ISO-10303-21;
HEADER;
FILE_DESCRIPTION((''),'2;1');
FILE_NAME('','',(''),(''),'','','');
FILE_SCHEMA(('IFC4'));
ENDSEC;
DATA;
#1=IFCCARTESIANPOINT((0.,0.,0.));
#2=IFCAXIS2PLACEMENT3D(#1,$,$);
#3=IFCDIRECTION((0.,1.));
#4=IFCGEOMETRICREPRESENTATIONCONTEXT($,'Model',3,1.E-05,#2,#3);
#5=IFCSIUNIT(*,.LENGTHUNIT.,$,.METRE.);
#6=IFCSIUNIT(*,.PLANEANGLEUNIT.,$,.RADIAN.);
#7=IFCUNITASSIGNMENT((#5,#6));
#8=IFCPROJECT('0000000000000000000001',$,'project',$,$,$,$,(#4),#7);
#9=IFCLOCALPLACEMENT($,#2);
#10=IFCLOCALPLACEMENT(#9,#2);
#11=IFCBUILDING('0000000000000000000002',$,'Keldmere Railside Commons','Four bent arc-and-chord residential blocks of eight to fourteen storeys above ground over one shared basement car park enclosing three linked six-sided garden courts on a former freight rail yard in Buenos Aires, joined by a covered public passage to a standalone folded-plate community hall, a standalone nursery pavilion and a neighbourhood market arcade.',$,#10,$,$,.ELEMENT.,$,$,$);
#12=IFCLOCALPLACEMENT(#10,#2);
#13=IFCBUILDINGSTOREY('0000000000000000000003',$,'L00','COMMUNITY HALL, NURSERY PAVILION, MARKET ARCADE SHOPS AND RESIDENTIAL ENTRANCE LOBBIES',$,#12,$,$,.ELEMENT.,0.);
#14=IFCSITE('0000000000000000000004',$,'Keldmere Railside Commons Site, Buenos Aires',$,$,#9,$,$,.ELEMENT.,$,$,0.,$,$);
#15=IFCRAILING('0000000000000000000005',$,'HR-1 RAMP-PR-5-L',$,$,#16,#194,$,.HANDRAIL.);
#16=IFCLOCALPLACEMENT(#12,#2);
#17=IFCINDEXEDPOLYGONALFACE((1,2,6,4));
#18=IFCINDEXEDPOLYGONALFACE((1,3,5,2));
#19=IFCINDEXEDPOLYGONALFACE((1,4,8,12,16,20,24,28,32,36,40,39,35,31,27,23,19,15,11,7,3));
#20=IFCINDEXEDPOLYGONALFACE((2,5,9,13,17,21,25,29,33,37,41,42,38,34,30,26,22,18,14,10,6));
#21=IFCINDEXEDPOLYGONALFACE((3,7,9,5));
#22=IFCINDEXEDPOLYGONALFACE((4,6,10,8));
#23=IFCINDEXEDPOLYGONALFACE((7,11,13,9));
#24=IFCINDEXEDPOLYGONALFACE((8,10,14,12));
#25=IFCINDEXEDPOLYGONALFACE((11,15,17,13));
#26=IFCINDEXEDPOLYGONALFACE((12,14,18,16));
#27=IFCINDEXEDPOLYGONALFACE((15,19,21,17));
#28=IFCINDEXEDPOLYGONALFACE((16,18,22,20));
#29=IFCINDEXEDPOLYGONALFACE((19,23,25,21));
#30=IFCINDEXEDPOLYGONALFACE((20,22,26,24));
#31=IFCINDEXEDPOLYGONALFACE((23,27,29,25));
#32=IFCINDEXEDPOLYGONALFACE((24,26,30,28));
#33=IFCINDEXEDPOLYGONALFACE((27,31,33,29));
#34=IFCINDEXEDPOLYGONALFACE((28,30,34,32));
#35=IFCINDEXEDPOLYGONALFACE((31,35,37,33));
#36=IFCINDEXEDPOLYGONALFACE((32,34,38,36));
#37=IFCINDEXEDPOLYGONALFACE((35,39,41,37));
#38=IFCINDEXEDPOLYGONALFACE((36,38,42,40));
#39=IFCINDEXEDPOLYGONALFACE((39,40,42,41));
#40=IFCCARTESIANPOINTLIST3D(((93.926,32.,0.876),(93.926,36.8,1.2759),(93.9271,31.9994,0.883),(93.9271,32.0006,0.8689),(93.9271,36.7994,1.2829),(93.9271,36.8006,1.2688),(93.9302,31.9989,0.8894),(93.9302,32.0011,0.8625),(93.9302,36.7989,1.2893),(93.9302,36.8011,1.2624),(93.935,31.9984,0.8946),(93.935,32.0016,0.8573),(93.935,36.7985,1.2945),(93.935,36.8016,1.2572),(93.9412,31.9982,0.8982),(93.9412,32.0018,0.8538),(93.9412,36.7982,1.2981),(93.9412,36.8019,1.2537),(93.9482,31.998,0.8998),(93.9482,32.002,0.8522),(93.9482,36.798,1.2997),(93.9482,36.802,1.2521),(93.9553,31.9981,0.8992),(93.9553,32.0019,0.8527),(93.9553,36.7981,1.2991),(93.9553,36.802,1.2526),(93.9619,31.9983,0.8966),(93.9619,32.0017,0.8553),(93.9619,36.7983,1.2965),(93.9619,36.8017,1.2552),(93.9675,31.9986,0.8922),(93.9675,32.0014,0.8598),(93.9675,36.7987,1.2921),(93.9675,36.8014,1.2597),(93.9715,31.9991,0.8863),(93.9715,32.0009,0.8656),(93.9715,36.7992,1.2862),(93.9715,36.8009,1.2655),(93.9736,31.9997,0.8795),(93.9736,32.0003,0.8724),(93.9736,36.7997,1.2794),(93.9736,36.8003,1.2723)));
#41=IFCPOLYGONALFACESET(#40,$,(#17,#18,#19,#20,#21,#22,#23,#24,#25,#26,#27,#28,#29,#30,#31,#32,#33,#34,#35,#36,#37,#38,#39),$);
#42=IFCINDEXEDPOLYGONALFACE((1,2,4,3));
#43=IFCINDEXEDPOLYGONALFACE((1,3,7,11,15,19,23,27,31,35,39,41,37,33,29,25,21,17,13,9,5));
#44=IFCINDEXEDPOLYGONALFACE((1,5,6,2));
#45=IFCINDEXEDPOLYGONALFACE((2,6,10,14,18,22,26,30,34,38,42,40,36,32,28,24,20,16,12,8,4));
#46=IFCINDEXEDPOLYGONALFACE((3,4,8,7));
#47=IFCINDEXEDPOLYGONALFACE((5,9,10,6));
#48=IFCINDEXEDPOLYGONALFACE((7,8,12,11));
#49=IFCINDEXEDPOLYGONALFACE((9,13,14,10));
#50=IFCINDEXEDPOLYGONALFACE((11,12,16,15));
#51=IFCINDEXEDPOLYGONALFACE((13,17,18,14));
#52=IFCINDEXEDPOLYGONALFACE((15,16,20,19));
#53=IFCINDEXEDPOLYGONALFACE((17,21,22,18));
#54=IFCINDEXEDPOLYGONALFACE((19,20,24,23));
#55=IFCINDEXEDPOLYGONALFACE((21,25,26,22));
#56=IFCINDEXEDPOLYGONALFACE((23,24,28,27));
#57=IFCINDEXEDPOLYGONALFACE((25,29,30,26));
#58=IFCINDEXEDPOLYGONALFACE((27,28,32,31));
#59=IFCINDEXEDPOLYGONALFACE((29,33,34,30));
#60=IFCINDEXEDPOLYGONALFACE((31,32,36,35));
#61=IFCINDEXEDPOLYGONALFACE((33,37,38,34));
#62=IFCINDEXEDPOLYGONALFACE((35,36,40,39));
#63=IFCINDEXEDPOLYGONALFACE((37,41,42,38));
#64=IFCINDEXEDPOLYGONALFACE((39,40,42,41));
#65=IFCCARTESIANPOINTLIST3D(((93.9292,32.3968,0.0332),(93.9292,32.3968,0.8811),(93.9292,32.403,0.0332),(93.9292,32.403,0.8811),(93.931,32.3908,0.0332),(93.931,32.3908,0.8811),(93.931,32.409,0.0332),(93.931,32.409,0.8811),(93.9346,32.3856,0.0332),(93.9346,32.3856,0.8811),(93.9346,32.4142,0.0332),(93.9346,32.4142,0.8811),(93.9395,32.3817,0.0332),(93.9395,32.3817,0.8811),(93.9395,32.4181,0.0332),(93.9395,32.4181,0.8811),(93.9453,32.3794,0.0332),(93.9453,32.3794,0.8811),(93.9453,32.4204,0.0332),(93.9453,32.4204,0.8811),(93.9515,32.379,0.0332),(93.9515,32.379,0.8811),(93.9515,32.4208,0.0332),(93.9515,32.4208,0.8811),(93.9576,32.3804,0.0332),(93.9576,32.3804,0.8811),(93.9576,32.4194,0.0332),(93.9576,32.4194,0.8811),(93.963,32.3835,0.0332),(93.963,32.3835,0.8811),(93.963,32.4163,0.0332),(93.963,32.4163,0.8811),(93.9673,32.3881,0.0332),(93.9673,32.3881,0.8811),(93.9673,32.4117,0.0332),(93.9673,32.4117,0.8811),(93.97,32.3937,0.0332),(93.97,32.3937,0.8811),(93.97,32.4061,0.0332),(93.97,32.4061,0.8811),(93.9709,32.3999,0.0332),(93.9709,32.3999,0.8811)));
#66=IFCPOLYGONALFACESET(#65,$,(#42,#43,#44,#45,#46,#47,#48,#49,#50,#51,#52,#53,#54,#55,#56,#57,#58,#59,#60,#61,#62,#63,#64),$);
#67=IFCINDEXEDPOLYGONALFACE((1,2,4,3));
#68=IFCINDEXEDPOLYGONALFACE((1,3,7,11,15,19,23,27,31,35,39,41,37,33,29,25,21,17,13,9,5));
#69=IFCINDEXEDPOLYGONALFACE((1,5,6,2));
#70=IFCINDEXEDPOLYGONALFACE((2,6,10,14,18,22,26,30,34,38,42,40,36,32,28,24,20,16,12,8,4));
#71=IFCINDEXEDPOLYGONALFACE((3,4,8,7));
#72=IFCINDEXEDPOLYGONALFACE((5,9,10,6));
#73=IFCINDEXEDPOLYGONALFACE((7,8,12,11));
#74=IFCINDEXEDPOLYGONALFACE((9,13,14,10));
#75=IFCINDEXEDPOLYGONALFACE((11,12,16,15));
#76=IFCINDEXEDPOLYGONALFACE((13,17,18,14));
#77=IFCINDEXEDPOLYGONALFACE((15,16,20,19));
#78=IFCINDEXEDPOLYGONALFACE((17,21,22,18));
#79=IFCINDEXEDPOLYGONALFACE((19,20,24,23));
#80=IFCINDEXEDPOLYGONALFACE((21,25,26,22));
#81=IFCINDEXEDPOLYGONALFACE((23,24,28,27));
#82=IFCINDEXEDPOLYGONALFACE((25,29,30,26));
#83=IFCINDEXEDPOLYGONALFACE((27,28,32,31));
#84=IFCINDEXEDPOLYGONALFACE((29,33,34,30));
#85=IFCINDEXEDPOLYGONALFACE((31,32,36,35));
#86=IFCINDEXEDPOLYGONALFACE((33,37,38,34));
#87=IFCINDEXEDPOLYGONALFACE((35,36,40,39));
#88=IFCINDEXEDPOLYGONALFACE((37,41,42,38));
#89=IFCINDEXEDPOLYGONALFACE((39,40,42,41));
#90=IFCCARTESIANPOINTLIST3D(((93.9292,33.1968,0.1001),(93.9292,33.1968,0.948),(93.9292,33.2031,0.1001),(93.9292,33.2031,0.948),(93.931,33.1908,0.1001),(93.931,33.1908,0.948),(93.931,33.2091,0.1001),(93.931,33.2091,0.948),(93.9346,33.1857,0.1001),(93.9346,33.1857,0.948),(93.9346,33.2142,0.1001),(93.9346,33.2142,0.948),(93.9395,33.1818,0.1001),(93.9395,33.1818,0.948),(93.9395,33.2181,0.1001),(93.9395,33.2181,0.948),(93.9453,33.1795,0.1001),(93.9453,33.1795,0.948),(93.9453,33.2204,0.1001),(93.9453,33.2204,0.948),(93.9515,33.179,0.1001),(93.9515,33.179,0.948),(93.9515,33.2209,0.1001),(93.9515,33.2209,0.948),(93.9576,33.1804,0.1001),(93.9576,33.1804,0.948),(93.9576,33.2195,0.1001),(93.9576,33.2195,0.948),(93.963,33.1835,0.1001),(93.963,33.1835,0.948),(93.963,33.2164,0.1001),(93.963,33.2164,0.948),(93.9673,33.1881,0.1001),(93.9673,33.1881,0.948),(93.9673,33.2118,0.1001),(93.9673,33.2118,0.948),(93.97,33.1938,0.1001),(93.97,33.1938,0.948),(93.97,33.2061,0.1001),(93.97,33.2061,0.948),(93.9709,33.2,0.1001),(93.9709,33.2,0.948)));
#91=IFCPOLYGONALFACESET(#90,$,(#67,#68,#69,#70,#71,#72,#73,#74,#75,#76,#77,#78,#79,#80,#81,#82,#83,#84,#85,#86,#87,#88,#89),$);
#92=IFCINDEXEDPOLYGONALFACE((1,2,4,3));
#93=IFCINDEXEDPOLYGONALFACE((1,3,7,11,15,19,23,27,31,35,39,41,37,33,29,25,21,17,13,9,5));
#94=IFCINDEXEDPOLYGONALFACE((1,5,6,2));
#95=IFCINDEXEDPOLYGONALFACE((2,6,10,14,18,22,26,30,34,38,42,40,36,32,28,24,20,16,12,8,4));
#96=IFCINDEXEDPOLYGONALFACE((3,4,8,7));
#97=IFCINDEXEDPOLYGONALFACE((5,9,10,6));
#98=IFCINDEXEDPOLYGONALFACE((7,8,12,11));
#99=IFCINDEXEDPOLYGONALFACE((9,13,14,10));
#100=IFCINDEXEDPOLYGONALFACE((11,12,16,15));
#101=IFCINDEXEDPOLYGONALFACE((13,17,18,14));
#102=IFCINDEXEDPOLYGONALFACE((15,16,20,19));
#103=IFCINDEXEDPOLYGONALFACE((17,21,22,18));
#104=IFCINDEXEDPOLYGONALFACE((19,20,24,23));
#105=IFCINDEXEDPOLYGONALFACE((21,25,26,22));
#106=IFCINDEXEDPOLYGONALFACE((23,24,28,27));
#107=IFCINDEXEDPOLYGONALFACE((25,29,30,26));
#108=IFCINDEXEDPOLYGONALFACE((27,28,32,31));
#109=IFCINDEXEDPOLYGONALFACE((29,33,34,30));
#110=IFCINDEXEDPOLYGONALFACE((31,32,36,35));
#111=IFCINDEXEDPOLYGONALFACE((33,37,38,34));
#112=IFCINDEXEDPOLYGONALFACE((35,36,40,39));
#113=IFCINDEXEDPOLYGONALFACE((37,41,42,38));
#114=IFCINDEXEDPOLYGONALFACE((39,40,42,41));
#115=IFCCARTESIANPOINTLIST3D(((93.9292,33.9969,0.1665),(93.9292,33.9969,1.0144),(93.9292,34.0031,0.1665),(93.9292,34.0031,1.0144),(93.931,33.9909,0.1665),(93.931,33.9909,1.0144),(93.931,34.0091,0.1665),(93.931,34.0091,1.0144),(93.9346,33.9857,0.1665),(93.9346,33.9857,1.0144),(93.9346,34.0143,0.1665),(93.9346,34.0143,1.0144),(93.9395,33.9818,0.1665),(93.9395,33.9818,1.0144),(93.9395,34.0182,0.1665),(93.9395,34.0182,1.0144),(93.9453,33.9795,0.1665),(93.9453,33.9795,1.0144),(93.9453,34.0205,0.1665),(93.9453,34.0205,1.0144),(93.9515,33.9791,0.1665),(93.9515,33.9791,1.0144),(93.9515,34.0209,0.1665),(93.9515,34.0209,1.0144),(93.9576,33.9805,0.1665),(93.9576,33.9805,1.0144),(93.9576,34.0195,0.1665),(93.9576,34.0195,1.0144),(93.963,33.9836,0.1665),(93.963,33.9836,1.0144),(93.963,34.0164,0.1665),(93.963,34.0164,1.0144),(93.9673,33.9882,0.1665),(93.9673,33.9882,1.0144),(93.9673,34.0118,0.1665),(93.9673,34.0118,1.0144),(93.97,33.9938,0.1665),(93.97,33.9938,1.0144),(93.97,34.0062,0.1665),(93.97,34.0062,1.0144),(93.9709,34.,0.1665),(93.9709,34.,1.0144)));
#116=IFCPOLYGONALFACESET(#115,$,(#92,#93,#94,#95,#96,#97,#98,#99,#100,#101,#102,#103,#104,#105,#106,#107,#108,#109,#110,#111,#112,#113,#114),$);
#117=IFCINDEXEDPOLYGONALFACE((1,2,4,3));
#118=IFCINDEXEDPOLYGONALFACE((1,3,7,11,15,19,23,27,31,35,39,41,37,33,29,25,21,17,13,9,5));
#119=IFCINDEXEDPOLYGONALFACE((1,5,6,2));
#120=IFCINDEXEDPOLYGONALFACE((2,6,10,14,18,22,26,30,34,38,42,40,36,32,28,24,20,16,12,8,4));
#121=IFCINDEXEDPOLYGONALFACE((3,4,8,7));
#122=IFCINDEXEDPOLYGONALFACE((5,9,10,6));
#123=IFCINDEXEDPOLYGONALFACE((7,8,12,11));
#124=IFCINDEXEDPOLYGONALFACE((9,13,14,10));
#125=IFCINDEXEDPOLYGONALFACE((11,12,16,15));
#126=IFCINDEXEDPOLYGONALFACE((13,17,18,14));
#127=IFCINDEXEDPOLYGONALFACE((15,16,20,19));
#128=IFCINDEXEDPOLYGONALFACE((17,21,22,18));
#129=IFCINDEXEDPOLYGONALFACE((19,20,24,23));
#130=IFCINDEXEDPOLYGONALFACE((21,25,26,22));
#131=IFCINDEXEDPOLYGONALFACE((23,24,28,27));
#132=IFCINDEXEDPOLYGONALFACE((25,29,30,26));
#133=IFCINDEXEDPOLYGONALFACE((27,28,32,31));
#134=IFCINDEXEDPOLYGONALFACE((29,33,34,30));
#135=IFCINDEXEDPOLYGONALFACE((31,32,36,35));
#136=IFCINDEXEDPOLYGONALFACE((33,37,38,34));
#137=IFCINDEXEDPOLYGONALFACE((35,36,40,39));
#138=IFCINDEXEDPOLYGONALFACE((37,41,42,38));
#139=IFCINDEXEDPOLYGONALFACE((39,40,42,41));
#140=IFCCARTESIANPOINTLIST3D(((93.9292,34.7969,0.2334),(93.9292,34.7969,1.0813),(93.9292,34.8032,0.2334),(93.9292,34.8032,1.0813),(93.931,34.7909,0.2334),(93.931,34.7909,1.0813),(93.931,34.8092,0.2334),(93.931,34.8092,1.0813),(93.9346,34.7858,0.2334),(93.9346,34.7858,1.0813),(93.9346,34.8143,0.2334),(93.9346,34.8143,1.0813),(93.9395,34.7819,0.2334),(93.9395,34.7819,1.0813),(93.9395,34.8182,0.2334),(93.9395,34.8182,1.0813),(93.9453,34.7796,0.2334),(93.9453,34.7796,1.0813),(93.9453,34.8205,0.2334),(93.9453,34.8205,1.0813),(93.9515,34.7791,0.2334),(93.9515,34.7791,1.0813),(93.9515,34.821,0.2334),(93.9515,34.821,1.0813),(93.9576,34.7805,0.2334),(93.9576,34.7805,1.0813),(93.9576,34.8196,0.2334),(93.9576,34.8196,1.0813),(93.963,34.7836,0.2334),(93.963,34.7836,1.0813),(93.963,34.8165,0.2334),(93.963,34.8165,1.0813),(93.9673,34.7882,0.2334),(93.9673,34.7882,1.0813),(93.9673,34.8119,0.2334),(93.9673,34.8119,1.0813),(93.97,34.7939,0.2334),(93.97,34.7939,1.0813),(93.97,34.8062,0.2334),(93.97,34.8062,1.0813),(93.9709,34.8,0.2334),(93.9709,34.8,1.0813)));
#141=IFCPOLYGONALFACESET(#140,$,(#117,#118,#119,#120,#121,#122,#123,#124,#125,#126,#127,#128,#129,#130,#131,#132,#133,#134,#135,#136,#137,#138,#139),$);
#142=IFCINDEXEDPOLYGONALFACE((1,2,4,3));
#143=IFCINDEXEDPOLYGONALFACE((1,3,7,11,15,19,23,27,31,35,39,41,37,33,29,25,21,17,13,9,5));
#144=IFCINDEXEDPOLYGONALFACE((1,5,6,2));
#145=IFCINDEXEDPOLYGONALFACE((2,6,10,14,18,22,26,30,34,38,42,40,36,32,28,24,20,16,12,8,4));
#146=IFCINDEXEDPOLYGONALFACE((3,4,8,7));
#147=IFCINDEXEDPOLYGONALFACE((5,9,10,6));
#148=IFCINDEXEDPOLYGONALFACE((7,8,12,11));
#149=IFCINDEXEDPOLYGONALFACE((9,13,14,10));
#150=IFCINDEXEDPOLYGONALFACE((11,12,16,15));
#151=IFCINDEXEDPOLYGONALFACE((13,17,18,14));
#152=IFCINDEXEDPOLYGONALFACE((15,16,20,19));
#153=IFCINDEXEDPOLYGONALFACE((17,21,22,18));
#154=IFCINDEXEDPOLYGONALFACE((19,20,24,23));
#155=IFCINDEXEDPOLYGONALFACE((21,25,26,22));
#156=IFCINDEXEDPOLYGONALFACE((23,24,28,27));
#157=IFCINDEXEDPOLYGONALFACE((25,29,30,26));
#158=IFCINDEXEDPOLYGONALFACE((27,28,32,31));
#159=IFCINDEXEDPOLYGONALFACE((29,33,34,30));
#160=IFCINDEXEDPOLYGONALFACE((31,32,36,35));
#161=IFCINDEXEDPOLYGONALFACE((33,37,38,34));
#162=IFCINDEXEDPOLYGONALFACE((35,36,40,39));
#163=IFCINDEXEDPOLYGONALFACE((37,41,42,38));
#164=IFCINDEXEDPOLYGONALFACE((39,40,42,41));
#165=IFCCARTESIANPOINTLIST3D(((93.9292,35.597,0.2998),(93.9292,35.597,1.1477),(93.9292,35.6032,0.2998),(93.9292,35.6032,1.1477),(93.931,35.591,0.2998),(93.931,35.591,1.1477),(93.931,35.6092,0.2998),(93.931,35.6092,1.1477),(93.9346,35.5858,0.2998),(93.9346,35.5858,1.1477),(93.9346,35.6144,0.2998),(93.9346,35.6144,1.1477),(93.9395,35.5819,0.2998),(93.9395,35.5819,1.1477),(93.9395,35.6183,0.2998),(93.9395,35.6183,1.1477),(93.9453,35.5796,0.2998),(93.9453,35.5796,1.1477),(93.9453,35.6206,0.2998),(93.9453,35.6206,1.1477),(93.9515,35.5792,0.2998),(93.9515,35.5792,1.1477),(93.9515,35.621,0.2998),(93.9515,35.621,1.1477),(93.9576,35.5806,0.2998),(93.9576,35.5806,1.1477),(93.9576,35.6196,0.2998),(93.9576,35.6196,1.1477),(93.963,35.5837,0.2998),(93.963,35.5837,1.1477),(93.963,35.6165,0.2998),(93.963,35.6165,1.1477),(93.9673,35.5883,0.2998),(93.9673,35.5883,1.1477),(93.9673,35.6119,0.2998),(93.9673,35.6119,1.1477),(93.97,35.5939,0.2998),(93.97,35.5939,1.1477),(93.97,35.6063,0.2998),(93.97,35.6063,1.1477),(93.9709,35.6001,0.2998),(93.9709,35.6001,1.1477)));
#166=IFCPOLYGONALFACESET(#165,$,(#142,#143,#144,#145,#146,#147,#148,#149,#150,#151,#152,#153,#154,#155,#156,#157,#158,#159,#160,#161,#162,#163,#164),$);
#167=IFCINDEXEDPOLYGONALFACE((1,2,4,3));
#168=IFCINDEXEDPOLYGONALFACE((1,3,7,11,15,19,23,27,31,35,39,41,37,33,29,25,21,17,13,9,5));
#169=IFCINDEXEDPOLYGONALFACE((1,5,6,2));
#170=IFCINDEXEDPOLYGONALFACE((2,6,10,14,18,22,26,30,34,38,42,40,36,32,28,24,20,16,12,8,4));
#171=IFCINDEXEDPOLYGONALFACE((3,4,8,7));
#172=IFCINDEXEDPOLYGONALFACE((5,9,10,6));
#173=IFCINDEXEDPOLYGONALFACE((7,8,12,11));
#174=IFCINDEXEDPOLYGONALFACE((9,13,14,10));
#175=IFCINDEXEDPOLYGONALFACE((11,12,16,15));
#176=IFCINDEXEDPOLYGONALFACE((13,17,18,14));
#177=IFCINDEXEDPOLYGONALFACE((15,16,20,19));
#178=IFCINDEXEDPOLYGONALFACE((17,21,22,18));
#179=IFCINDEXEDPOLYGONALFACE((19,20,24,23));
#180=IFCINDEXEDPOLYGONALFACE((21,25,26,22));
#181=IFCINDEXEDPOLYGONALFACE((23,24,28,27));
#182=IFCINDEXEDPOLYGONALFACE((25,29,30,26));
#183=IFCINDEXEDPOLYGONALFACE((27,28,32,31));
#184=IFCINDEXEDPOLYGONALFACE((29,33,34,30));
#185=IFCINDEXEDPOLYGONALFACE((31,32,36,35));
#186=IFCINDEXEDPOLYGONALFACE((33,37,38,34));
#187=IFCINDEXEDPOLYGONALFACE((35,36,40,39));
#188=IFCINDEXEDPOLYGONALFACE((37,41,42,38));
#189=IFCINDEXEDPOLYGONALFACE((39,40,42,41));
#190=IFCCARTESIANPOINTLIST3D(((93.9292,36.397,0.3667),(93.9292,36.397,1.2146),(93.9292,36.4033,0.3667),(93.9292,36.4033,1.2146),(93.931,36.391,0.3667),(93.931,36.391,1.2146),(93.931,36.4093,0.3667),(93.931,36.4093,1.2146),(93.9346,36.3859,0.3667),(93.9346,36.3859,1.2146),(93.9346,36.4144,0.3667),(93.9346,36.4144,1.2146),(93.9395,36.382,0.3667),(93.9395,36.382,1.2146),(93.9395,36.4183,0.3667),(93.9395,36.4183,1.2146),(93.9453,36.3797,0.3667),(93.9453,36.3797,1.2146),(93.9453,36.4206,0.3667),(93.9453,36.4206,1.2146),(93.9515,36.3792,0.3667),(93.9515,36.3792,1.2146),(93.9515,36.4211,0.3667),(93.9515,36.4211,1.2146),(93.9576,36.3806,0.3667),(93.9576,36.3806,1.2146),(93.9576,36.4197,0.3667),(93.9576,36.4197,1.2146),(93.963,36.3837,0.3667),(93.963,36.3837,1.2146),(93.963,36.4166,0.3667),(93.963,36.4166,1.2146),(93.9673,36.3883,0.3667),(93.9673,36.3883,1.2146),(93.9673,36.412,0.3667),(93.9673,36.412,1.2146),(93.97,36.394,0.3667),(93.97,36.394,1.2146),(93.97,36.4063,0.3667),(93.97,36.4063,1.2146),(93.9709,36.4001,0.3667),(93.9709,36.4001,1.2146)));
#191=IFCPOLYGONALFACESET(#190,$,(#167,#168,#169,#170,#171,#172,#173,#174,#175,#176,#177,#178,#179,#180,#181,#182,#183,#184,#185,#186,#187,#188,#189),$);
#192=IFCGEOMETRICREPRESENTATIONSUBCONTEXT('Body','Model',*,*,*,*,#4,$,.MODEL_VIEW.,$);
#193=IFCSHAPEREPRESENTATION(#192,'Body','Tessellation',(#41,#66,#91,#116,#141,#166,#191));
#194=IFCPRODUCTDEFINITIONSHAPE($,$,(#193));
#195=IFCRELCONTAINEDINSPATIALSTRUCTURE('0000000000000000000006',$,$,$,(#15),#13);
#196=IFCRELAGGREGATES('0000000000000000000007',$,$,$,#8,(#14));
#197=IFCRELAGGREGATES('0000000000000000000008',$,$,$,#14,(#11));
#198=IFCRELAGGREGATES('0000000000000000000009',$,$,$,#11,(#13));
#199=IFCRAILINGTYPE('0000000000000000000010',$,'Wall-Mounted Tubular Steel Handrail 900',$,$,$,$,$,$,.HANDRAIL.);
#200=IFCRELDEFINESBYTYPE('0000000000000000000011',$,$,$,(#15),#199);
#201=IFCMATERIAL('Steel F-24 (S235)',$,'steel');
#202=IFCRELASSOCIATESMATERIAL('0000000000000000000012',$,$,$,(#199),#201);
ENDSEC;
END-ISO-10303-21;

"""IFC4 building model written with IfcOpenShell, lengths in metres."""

from ifc_helpers import new_model, si_unit, direction, frame, origin, origin_2d, place, context, subcontext, project, spatial, circle, extrude, material, type_object, element, save


model = new_model("IFC4")

# Units and contexts
model_context = context("Model", 3, precision=1e-05, world=origin(), true_north=direction((0.0, 1.0)))
body_context = subcontext(model_context, "Body", "Model", "MODEL_VIEW")
ifc_project = project(units=[si_unit("LENGTHUNIT", "METRE"), si_unit("PLANEANGLEUNIT", "RADIAN")], contexts=[model_context])

# Site, building, storey
site_placement = place(None, origin())
site = spatial("IfcSite", under=ifc_project, at=site_placement, Name="Keldmere Railside Commons Site, Buenos Aires", CompositionType="ELEMENT", RefElevation=0.0)
building_placement = place(site_placement, origin())
building = spatial("IfcBuilding", under=site, at=building_placement, Name="Keldmere Railside Commons", Description="Four bent arc-and-chord residential blocks of eight to fourteen storeys above ground over one shared basement car park enclosing three linked six-sided garden courts on a former freight rail yard in Buenos Aires, joined by a covered public passage to a standalone folded-plate community hall, a standalone nursery pavilion and a neighbourhood market arcade.", CompositionType="ELEMENT")
storey_placement = place(building_placement, origin())
storey = spatial("IfcBuildingStorey", under=building, at=storey_placement, Name="L00", Description="COMMUNITY HALL, NURSERY PAVILION, MARKET ARCADE SHOPS AND RESIDENTIAL ENTRANCE LOBBIES", CompositionType="ELEMENT", Elevation=0.0)

# Railing
ifc_material_1 = material(Name="Steel F-24 (S235)", Category="steel")
railing_type_1 = type_object("IfcRailingType", Name="Wall-Mounted Tubular Steel Handrail 900", PredefinedType="HANDRAIL", material=ifc_material_1)
for number, where, name in (
    (1, (93.95, 32.0, 0.0), "HR-1 RAMP-PR-5-L"),
):
    element("IfcRailing", number, at=place(storey_placement, frame(where)), inside=storey, type_object=railing_type_1, Name=name, PredefinedType="HANDRAIL", context=body_context, shape_type="SweptSolid", body=[
        extrude(circle(Radius=0.0239, at=origin_2d()), frame((0.0, 0.0, 0.876), z_axis=(0.0, 0.996548, 0.083025), x_axis=(-1.0, 0.0, 0.0)), (0.0, 0.0, 1.0), 4.8167),
        extrude(circle(Radius=0.021, at=origin_2d()), frame((0.0, 0.3999, 0.0332)), (0.0, 0.0, 1.0), 0.8479),
        extrude(circle(Radius=0.021, at=origin_2d()), frame((0.0, 1.2, 0.1001)), (0.0, 0.0, 1.0), 0.8479),
        extrude(circle(Radius=0.021, at=origin_2d()), frame((0.0, 2.0, 0.1665)), (0.0, 0.0, 1.0), 0.8479),
        extrude(circle(Radius=0.021, at=origin_2d()), frame((0.0, 2.8, 0.2334)), (0.0, 0.0, 1.0), 0.8479),
        extrude(circle(Radius=0.021, at=origin_2d()), frame((0.0, 3.6001, 0.2998)), (0.0, 0.0, 1.0), 0.8479),
        extrude(circle(Radius=0.021, at=origin_2d()), frame((0.0, 4.4001, 0.3667)), (0.0, 0.0, 1.0), 0.8479),
    ])

save(model, "model.ifc")
